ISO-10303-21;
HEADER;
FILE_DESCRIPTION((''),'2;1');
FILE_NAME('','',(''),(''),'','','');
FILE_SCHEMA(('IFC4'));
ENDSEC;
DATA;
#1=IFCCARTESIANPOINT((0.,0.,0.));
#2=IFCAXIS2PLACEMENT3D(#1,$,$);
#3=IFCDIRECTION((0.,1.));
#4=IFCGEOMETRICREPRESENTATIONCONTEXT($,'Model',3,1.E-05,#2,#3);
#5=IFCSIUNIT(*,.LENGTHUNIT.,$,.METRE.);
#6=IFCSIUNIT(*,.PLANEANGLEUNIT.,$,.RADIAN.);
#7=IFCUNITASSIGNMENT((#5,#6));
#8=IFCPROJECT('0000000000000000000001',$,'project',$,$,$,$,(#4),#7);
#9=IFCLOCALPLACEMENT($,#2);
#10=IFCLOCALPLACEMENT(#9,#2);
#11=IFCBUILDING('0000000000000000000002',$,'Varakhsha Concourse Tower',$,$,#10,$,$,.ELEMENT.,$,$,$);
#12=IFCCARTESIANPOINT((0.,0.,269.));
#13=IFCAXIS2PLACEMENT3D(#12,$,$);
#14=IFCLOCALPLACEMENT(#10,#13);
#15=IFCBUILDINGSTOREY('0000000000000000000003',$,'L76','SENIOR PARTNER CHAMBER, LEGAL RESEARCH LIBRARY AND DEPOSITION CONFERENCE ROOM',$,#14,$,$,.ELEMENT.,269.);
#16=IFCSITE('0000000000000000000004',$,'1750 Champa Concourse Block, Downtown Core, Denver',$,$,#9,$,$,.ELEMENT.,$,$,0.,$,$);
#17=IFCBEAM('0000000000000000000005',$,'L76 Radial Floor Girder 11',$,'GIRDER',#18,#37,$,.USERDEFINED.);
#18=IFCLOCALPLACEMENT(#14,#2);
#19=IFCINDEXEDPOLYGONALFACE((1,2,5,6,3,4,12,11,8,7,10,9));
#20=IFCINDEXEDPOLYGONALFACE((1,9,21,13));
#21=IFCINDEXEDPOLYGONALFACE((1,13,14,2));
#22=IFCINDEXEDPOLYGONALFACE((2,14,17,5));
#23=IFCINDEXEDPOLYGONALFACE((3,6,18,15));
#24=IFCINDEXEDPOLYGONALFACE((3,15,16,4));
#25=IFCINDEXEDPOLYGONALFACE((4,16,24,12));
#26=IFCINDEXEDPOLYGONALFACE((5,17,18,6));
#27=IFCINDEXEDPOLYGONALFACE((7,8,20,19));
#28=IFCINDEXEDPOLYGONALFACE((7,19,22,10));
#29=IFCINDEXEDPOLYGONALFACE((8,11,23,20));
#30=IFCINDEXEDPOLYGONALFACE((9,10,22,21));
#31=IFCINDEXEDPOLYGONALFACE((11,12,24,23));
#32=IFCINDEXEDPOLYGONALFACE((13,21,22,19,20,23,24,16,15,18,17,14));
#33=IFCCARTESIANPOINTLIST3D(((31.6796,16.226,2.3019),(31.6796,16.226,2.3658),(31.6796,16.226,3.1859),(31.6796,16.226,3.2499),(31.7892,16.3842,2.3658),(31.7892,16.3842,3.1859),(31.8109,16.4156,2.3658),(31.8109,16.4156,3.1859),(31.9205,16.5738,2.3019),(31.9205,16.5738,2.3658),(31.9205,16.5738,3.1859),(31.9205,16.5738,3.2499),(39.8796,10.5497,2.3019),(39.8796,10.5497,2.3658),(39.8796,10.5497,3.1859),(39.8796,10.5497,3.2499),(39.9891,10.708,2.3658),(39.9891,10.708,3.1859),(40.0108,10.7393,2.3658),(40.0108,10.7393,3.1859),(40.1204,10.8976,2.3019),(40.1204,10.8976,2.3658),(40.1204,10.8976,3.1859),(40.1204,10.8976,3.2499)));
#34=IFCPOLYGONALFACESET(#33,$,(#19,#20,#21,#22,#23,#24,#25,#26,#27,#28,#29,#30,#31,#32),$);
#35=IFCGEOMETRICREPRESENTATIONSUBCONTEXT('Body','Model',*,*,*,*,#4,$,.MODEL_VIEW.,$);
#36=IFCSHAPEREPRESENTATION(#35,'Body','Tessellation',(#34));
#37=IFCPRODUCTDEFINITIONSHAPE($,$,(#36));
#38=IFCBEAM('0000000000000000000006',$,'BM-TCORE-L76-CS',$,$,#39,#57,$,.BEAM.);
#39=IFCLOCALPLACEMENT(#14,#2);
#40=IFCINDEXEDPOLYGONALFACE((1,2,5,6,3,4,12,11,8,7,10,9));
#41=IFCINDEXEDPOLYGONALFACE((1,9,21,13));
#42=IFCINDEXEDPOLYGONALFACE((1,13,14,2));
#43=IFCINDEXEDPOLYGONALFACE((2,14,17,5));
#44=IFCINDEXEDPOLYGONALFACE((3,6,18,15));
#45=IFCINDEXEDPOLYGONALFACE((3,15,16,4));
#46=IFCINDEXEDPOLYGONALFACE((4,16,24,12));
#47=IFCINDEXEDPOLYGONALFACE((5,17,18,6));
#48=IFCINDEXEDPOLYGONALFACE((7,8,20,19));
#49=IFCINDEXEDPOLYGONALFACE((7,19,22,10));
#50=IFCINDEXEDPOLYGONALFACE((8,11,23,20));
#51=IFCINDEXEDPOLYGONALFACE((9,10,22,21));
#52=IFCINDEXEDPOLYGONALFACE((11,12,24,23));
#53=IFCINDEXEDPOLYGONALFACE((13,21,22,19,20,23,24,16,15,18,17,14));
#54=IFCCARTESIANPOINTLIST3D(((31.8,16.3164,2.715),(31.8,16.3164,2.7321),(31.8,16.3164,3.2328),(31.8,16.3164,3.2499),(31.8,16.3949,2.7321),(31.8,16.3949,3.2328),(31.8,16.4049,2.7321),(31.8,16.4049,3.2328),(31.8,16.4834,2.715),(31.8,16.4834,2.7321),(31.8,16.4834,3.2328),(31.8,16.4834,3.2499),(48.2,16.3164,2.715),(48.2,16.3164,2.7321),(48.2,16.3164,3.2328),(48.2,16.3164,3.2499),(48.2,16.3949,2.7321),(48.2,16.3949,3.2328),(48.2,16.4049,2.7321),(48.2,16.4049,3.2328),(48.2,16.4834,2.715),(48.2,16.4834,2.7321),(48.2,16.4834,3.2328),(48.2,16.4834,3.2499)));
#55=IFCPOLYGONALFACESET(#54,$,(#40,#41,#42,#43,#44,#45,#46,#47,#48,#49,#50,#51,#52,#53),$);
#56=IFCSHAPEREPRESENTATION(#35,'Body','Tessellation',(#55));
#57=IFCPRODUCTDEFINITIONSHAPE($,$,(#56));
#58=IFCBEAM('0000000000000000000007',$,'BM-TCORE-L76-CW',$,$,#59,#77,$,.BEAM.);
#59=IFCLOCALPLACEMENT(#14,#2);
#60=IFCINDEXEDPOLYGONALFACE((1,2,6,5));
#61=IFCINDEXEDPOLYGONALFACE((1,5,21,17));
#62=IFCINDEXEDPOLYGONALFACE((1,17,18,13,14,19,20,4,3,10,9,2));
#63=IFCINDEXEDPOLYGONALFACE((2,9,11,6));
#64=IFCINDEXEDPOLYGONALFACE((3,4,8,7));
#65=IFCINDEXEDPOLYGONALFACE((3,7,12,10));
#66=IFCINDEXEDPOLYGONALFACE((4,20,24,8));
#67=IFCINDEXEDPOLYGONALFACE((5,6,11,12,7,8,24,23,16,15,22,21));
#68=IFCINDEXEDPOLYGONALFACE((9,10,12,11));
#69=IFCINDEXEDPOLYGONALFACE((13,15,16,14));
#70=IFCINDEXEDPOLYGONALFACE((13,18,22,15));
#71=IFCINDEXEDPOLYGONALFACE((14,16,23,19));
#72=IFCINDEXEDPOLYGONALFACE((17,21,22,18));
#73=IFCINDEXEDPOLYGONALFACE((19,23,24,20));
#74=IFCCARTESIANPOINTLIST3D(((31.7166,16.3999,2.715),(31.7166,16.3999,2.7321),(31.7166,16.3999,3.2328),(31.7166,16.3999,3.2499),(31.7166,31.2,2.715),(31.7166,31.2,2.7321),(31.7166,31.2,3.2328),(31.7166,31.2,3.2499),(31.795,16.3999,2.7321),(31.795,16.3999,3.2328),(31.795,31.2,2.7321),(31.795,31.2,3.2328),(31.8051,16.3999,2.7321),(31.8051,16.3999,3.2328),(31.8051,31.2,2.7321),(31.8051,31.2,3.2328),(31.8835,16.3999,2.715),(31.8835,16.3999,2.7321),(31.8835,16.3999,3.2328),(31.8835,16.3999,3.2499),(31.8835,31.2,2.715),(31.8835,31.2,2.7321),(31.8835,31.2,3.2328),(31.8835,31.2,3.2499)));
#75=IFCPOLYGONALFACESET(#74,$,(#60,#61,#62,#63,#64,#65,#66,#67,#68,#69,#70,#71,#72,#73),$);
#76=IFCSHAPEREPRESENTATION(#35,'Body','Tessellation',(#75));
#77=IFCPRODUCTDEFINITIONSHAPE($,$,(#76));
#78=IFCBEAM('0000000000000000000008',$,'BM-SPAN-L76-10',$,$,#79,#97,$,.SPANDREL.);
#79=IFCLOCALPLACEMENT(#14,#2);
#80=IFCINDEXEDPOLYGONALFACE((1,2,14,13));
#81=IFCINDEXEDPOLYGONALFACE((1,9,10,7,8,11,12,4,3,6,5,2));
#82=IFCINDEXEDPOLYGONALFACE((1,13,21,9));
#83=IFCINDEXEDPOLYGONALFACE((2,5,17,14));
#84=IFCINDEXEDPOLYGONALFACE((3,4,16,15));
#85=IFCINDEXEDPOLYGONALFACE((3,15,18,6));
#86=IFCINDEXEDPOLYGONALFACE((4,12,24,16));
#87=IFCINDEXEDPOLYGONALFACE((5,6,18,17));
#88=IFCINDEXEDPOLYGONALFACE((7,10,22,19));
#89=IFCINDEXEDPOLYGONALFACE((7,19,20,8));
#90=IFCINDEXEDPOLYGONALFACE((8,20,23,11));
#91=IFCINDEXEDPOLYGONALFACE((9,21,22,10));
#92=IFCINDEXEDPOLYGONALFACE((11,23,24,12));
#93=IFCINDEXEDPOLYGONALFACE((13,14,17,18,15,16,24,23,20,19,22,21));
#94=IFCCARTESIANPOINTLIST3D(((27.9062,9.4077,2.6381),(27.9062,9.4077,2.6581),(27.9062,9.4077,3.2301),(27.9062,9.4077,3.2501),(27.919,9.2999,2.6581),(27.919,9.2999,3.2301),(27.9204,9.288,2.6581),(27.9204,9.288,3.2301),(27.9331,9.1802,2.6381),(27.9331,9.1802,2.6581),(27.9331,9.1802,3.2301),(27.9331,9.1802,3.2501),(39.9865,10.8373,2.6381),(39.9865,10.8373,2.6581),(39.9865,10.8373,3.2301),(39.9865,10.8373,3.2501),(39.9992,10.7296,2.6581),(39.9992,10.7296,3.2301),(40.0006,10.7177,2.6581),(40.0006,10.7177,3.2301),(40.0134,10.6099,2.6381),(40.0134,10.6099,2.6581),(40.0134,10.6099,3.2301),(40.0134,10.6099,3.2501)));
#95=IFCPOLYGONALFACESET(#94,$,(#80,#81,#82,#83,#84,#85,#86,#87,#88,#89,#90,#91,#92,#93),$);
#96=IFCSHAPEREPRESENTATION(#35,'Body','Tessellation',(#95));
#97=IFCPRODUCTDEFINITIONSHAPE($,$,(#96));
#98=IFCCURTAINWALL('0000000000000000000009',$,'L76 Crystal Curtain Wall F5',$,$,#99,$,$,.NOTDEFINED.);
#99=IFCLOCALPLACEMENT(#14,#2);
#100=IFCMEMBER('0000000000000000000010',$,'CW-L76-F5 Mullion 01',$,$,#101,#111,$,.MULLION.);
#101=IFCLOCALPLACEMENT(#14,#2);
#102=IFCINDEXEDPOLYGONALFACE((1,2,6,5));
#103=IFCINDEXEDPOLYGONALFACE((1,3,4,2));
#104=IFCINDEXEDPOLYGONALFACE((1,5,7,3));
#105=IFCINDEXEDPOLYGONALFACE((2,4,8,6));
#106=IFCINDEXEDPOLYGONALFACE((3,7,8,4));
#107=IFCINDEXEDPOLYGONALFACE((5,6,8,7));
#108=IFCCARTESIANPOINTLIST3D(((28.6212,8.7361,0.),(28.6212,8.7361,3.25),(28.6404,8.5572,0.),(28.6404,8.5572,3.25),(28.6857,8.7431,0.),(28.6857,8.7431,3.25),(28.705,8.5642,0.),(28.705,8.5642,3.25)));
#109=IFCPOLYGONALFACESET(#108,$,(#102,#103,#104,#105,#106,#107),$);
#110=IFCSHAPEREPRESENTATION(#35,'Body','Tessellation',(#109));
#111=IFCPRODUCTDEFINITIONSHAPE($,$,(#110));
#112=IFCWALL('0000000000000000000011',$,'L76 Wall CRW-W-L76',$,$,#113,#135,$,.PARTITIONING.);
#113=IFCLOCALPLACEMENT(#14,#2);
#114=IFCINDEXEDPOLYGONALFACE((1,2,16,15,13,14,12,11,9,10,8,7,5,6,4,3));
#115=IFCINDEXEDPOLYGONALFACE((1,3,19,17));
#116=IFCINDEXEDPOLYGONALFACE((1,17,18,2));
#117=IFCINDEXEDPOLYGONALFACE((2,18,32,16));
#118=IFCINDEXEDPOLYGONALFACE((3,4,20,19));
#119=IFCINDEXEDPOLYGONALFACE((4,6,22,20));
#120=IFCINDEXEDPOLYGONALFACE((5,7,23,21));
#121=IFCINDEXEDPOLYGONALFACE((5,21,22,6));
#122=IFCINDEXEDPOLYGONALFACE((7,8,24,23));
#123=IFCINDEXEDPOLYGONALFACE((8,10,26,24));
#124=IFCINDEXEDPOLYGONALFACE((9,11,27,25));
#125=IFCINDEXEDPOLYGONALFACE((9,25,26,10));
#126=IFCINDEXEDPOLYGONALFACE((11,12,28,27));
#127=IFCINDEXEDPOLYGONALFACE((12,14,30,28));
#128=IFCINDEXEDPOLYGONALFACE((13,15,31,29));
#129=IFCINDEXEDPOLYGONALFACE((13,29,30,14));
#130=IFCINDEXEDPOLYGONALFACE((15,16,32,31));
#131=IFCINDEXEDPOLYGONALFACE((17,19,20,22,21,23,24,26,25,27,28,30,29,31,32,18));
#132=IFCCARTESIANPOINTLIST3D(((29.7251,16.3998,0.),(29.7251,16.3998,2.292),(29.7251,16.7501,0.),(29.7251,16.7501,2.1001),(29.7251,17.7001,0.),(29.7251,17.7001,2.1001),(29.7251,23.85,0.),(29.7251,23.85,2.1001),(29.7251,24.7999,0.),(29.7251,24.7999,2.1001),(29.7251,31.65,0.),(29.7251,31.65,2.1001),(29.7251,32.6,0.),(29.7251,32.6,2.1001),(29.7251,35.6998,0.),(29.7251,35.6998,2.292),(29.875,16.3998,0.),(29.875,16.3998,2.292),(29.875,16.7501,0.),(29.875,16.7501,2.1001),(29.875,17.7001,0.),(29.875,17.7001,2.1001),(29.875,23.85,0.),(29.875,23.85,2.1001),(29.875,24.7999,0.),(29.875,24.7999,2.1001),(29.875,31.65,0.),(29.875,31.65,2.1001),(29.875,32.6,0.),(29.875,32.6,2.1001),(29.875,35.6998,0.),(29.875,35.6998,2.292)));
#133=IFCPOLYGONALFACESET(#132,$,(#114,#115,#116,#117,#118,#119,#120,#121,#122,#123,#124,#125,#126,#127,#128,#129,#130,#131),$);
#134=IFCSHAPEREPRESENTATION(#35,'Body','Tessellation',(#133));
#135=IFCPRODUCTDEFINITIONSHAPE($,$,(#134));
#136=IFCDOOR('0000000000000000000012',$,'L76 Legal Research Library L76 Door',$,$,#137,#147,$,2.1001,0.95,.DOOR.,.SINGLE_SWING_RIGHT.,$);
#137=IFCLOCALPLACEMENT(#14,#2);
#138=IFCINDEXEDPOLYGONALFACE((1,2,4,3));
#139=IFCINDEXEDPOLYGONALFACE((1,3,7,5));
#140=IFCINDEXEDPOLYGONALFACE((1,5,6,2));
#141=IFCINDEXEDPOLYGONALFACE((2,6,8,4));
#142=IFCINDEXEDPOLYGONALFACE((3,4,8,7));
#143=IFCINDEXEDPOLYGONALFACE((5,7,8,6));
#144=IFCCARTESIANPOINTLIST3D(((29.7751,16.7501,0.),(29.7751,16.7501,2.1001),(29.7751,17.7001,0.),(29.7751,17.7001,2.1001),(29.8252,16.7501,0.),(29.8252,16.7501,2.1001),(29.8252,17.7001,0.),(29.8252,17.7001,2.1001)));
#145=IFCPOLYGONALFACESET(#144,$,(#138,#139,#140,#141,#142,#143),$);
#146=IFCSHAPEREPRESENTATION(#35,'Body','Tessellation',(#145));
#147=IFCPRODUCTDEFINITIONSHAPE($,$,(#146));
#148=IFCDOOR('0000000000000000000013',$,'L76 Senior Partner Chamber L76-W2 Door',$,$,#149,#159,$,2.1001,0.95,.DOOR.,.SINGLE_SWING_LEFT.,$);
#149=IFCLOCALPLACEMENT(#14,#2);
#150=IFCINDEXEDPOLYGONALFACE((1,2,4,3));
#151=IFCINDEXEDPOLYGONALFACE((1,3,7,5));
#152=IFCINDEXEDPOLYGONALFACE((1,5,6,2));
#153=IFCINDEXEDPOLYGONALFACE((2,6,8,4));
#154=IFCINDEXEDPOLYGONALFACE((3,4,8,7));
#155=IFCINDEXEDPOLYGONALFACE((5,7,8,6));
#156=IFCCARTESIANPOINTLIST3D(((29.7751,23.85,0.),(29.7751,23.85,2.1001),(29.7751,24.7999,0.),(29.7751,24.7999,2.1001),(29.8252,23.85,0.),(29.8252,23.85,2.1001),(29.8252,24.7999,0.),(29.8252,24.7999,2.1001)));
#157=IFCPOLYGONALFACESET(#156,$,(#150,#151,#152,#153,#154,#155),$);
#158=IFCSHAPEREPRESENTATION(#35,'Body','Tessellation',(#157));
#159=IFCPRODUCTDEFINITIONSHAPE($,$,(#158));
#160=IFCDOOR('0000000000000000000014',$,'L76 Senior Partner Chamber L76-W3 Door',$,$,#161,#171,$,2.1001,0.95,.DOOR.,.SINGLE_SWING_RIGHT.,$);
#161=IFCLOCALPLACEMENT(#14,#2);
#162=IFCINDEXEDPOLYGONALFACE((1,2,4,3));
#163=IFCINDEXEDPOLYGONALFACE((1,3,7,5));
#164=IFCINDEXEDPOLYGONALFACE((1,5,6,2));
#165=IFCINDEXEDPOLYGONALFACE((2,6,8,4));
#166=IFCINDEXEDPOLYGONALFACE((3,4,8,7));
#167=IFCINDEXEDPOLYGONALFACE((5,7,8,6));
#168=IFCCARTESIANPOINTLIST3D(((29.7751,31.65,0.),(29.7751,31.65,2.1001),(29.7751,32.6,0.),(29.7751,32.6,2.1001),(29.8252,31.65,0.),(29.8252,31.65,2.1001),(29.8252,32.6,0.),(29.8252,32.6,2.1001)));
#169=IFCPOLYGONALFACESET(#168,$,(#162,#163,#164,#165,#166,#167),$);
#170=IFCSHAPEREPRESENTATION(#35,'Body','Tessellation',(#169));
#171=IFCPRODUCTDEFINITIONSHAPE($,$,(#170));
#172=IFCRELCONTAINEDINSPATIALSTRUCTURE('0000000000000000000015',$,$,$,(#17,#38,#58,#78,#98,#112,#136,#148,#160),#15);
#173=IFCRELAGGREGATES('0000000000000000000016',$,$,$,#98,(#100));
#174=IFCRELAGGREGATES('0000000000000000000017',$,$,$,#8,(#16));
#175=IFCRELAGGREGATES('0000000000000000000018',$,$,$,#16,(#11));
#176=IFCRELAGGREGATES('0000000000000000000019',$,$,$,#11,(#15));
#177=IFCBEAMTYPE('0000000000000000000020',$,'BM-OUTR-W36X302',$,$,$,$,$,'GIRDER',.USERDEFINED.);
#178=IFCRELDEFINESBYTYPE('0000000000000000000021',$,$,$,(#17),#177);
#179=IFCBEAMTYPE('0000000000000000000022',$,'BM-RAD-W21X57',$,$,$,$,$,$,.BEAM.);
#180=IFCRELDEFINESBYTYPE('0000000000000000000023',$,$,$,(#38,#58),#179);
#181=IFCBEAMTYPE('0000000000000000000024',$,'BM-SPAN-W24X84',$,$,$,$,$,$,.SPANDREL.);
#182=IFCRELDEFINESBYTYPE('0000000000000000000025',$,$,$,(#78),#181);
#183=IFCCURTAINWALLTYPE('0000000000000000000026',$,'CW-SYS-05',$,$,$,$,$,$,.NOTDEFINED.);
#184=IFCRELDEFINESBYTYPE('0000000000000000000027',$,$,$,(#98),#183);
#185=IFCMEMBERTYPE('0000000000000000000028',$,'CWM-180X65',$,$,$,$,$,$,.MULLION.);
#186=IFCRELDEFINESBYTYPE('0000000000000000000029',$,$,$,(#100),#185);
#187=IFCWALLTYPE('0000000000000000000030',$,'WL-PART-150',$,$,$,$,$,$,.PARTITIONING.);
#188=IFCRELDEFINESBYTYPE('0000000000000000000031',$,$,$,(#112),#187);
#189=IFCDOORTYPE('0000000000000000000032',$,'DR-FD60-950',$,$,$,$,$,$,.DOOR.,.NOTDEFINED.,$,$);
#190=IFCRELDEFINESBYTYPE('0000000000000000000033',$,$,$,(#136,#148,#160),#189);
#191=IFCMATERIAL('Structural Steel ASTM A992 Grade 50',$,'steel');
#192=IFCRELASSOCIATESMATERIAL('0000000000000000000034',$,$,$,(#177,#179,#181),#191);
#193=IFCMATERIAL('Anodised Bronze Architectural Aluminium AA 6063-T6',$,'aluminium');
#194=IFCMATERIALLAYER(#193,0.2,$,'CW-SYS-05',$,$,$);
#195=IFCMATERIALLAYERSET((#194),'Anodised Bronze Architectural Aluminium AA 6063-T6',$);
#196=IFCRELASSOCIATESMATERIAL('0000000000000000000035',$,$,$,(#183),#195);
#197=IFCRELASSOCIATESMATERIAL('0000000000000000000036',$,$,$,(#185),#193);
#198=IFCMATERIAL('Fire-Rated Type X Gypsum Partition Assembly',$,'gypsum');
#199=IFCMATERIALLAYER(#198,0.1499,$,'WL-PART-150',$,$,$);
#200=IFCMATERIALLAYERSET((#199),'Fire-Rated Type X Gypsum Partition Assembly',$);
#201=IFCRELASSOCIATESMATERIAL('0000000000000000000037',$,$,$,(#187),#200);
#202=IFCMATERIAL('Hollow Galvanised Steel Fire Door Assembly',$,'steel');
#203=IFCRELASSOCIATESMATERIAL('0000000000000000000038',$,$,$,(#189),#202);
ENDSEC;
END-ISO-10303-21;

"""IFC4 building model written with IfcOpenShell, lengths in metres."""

from ifc_helpers import new_model, si_unit, direction, frame, frame_2d, origin, origin_2d, place, context, subcontext, project, spatial, rectangle, i_section, extrude, source, transform, mapped, material, layer, layer_set, material_profile, profile_set, type_object, type_shapes, element, fill, aggregate, save


model = new_model("IFC4")

# Units and contexts
model_context = context("Model", 3, precision=1e-05, world=origin(), true_north=direction((0.0, 1.0)))
body_context = subcontext(model_context, "Body", "Model", "MODEL_VIEW")
ifc_project = project(units=[si_unit("LENGTHUNIT", "METRE"), si_unit("PLANEANGLEUNIT", "RADIAN")], contexts=[model_context])

# Site, building, storey
site_placement = place(None, origin())
site = spatial("IfcSite", under=ifc_project, at=site_placement, Name="1750 Champa Concourse Block, Downtown Core, Denver", CompositionType="ELEMENT", RefElevation=0.0)
building_placement = place(site_placement, origin())
building = spatial("IfcBuilding", under=site, at=building_placement, Name="Varakhsha Concourse Tower", CompositionType="ELEMENT")
storey_placement = place(building_placement, frame((0.0, 0.0, 269.0)))
storey = spatial("IfcBuildingStorey", under=building, at=storey_placement, Name="L76", Description="SENIOR PARTNER CHAMBER, LEGAL RESEARCH LIBRARY AND DEPOSITION CONFERENCE ROOM", CompositionType="ELEMENT", Elevation=269.0)

# Shared definitions
ifc_material_1 = material(Name="Structural Steel ASTM A992 Grade 50", Category="steel")

# Beams
ifc_material_profile_1 = material_profile(ifc_material_1, i_section(OverallWidth=0.4231, OverallDepth=0.948, WebThickness=0.0381, FlangeThickness=0.064, at=origin_2d()), Name="W36X302")
ifc_profile_set_1 = profile_set([ifc_material_profile_1], Name="Structural Steel ASTM A992 Grade 50")
beam_type_1 = type_object("IfcBeamType", Name="BM-OUTR-W36X302", ElementType="GIRDER", PredefinedType="USERDEFINED", material=ifc_profile_set_1)
beam_1_placement = place(storey_placement, frame((31.8, 16.3999, 2.7759), z_axis=(0.822221, -0.569168, 0.0), x_axis=(0.569168, 0.822221, 0.0)))
element("IfcBeam", 1, at=beam_1_placement, inside=storey, type_object=beam_type_1, Name="L76 Radial Floor Girder 11", ObjectType="GIRDER", PredefinedType="USERDEFINED", context=body_context, shape_type="SweptSolid", body=[
    extrude(i_section(OverallWidth=0.4231, OverallDepth=0.948, WebThickness=0.0381, FlangeThickness=0.064, at=origin_2d()), origin(), (0.0, 0.0, 1.0), 9.9729),
])
ifc_material_profile_2 = material_profile(ifc_material_1, i_section(OverallWidth=0.167, OverallDepth=0.5349, WebThickness=0.01, FlangeThickness=0.0171, at=origin_2d()), Name="W21X57")
ifc_profile_set_2 = profile_set([ifc_material_profile_2], Name="Structural Steel ASTM A992 Grade 50")
beam_type_2 = type_object("IfcBeamType", Name="BM-RAD-W21X57", PredefinedType="BEAM", material=ifc_profile_set_2)
beam_2_placement = place(storey_placement, frame((31.8, 16.3999, 2.9824), z_axis=(1.0, 0.0, 0.0), x_axis=(0.0, 1.0, 0.0)))
element("IfcBeam", 2, at=beam_2_placement, inside=storey, type_object=beam_type_2, Name="BM-TCORE-L76-CS", PredefinedType="BEAM", context=body_context, shape_type="SweptSolid", body=[
    extrude(i_section(OverallWidth=0.167, OverallDepth=0.5349, WebThickness=0.01, FlangeThickness=0.0171, at=origin_2d()), origin(), (0.0, 0.0, 1.0), 16.3999),
])
beam_3_placement = place(storey_placement, frame((31.8, 16.3999, 2.9824), z_axis=(0.0, 1.0, 0.0), x_axis=(-1.0, 0.0, 0.0)))
element("IfcBeam", 3, at=beam_3_placement, inside=storey, type_object=beam_type_2, Name="BM-TCORE-L76-CW", PredefinedType="BEAM", context=body_context, shape_type="SweptSolid", body=[
    extrude(i_section(OverallWidth=0.167, OverallDepth=0.5349, WebThickness=0.01, FlangeThickness=0.0171, at=origin_2d()), origin(), (0.0, 0.0, 1.0), 14.8),
])
ifc_material_profile_3 = material_profile(ifc_material_1, i_section(OverallWidth=0.229, OverallDepth=0.6121, WebThickness=0.012, FlangeThickness=0.02, at=origin_2d()), Name="W24X84")
ifc_profile_set_3 = profile_set([ifc_material_profile_3], Name="Structural Steel ASTM A992 Grade 50")
beam_type_3 = type_object("IfcBeamType", Name="BM-SPAN-W24X84", PredefinedType="SPANDREL", material=ifc_profile_set_3)
beam_4_placement = place(storey_placement, frame((27.9197, 9.2939, 2.9441), z_axis=(0.99307, 0.117528, 0.0), x_axis=(-0.117528, 0.99307, 0.0)))
element("IfcBeam", 4, at=beam_4_placement, inside=storey, type_object=beam_type_3, Name="BM-SPAN-L76-10", PredefinedType="SPANDREL", context=body_context, shape_type="SweptSolid", body=[
    extrude(i_section(OverallWidth=0.229, OverallDepth=0.6121, WebThickness=0.012, FlangeThickness=0.02, at=origin_2d()), origin(), (0.0, 0.0, 1.0), 12.1646),
])

# Curtain wall, member
ifc_material_2 = material(Name="Anodised Bronze Architectural Aluminium AA 6063-T6", Category="aluminium")
ifc_layer_1 = layer(ifc_material_2, 0.2, Name="CW-SYS-05")
ifc_layer_set_1 = layer_set([ifc_layer_1], Name="Anodised Bronze Architectural Aluminium AA 6063-T6")
curtain_wall_type = type_object("IfcCurtainWallType", Name="CW-SYS-05", PredefinedType="NOTDEFINED", material=ifc_layer_set_1)
curtain_wall_placement = place(storey_placement, origin())
curtain_wall = element("IfcCurtainWall", 5, at=curtain_wall_placement, inside=storey, type_object=curtain_wall_type, Name="L76 Crystal Curtain Wall F5", PredefinedType="NOTDEFINED")
ifc_material_profile_4 = material_profile(ifc_material_2, rectangle(XDim=0.0649, YDim=0.1799, at=origin_2d()), Name="CWM-180X65")
ifc_profile_set_4 = profile_set([ifc_material_profile_4], Name="Anodised Bronze Architectural Aluminium AA 6063-T6")
member_type = type_object("IfcMemberType", Name="CWM-180X65", PredefinedType="MULLION", material=ifc_profile_set_4)
shared_shape = source(origin(), body_context, "Body", "SweptSolid", [
    extrude(rectangle(XDim=0.0649, YDim=0.1799, at=origin_2d()), origin(), (0.0, 0.0, 1.0), 3.25),
])
type_shapes(member_type, [shared_shape])
member_placement = place(storey_placement, frame((28.6631, 8.6501, 0.0), z_axis=(0.0, 0.0, 1.0), x_axis=(-0.994236, -0.10721, 0.0)))
member = element("IfcMember", 6, at=member_placement, type_object=member_type, Name="CW-L76-F5 Mullion 01", PredefinedType="MULLION", context=body_context, shape_type="MappedRepresentation", body=[
    mapped(shared_shape, transform((0.0, 0.0, 0.0), scale=1.0)),
])
aggregate(curtain_wall, [member])

# Wall, openings, doors
ifc_material_3 = material(Name="Fire-Rated Type X Gypsum Partition Assembly", Category="gypsum")
ifc_layer_2 = layer(ifc_material_3, 0.1499, Name="WL-PART-150")
ifc_layer_set_2 = layer_set([ifc_layer_2], Name="Fire-Rated Type X Gypsum Partition Assembly")
wall_type = type_object("IfcWallType", Name="WL-PART-150", PredefinedType="PARTITIONING", material=ifc_layer_set_2)
wall_1_placement = place(storey_placement, frame((29.8, 16.3999, 0.0), z_axis=(0.0, 0.0, 1.0), x_axis=(0.0, 1.0, 0.0)))
wall_1 = element("IfcWall", 7, at=wall_1_placement, inside=storey, type_object=wall_type, Name="L76 Wall CRW-W-L76", PredefinedType="PARTITIONING", context=body_context, shape_type="SweptSolid", body=[
    extrude(rectangle(XDim=19.3, YDim=0.1499, at=frame_2d((9.6499, 0.0))), origin(), (0.0, 0.0, 1.0), 2.292),
])
opening_1_placement = place(wall_1_placement, frame((0.3501, 0.0, 0.0)))
opening_1 = element("IfcOpeningElement", 8, at=opening_1_placement, cuts=wall_1, PredefinedType="OPENING", context=body_context, shape_type="SweptSolid", body=[
    extrude(rectangle(XDim=0.95, YDim=2.1001, at=frame_2d((0.4751, 1.05))), frame((0.0, 0.085, 0.0), z_axis=(0.0, -1.0, 0.0), x_axis=(1.0, 0.0, 0.0)), (0.0, 0.0, 1.0), 0.1699),
])
opening_2_placement = place(wall_1_placement, frame((7.45, 0.0, 0.0)))
opening_2 = element("IfcOpeningElement", 9, at=opening_2_placement, cuts=wall_1, PredefinedType="OPENING", context=body_context, shape_type="SweptSolid", body=[
    extrude(rectangle(XDim=0.95, YDim=2.1001, at=frame_2d((0.4751, 1.05))), frame((0.0, 0.085, 0.0), z_axis=(0.0, -1.0, 0.0), x_axis=(1.0, 0.0, 0.0)), (0.0, 0.0, 1.0), 0.1699),
])
opening_3_placement = place(wall_1_placement, frame((15.25, 0.0, 0.0)))
opening_3 = element("IfcOpeningElement", 10, at=opening_3_placement, cuts=wall_1, PredefinedType="OPENING", context=body_context, shape_type="SweptSolid", body=[
    extrude(rectangle(XDim=0.95, YDim=2.1001, at=frame_2d((0.4751, 1.05))), frame((0.0, 0.085, 0.0), z_axis=(0.0, -1.0, 0.0), x_axis=(1.0, 0.0, 0.0)), (0.0, 0.0, 1.0), 0.1699),
])
ifc_material_4 = material(Name="Hollow Galvanised Steel Fire Door Assembly", Category="steel")
door_type = type_object("IfcDoorType", Name="DR-FD60-950", OperationType="NOTDEFINED", PredefinedType="DOOR", material=ifc_material_4)
door_1_placement = place(opening_1_placement, origin())
door_1 = element("IfcDoor", 11, at=door_1_placement, inside=storey, type_object=door_type, Name="L76 Legal Research Library L76 Door", OperationType="SINGLE_SWING_RIGHT", OverallHeight=2.1001, OverallWidth=0.95, PredefinedType="DOOR", context=body_context, shape_type="SweptSolid", body=[
    extrude(rectangle(XDim=0.95, YDim=2.1001, at=frame_2d((0.4751, 1.05))), frame((0.0, 0.0249, 0.0), z_axis=(0.0, -1.0, 0.0), x_axis=(1.0, 0.0, 0.0)), (0.0, 0.0, 1.0), 0.05),
])
fill(opening_1, door_1)
door_2_placement = place(opening_2_placement, origin())
door_2 = element("IfcDoor", 12, at=door_2_placement, inside=storey, type_object=door_type, Name="L76 Senior Partner Chamber L76-W2 Door", OperationType="SINGLE_SWING_LEFT", OverallHeight=2.1001, OverallWidth=0.95, PredefinedType="DOOR", context=body_context, shape_type="SweptSolid", body=[
    extrude(rectangle(XDim=0.95, YDim=2.1001, at=frame_2d((0.4751, 1.05))), frame((0.0, 0.0249, 0.0), z_axis=(0.0, -1.0, 0.0), x_axis=(1.0, 0.0, 0.0)), (0.0, 0.0, 1.0), 0.05),
])
fill(opening_2, door_2)
door_3_placement = place(opening_3_placement, origin())
door_3 = element("IfcDoor", 13, at=door_3_placement, inside=storey, type_object=door_type, Name="L76 Senior Partner Chamber L76-W3 Door", OperationType="SINGLE_SWING_RIGHT", OverallHeight=2.1001, OverallWidth=0.95, PredefinedType="DOOR", context=body_context, shape_type="SweptSolid", body=[
    extrude(rectangle(XDim=0.95, YDim=2.1001, at=frame_2d((0.4751, 1.05))), frame((0.0, 0.0249, 0.0), z_axis=(0.0, -1.0, 0.0), x_axis=(1.0, 0.0, 0.0)), (0.0, 0.0, 1.0), 0.05),
])
fill(opening_3, door_3)

save(model, "model.ifc")
